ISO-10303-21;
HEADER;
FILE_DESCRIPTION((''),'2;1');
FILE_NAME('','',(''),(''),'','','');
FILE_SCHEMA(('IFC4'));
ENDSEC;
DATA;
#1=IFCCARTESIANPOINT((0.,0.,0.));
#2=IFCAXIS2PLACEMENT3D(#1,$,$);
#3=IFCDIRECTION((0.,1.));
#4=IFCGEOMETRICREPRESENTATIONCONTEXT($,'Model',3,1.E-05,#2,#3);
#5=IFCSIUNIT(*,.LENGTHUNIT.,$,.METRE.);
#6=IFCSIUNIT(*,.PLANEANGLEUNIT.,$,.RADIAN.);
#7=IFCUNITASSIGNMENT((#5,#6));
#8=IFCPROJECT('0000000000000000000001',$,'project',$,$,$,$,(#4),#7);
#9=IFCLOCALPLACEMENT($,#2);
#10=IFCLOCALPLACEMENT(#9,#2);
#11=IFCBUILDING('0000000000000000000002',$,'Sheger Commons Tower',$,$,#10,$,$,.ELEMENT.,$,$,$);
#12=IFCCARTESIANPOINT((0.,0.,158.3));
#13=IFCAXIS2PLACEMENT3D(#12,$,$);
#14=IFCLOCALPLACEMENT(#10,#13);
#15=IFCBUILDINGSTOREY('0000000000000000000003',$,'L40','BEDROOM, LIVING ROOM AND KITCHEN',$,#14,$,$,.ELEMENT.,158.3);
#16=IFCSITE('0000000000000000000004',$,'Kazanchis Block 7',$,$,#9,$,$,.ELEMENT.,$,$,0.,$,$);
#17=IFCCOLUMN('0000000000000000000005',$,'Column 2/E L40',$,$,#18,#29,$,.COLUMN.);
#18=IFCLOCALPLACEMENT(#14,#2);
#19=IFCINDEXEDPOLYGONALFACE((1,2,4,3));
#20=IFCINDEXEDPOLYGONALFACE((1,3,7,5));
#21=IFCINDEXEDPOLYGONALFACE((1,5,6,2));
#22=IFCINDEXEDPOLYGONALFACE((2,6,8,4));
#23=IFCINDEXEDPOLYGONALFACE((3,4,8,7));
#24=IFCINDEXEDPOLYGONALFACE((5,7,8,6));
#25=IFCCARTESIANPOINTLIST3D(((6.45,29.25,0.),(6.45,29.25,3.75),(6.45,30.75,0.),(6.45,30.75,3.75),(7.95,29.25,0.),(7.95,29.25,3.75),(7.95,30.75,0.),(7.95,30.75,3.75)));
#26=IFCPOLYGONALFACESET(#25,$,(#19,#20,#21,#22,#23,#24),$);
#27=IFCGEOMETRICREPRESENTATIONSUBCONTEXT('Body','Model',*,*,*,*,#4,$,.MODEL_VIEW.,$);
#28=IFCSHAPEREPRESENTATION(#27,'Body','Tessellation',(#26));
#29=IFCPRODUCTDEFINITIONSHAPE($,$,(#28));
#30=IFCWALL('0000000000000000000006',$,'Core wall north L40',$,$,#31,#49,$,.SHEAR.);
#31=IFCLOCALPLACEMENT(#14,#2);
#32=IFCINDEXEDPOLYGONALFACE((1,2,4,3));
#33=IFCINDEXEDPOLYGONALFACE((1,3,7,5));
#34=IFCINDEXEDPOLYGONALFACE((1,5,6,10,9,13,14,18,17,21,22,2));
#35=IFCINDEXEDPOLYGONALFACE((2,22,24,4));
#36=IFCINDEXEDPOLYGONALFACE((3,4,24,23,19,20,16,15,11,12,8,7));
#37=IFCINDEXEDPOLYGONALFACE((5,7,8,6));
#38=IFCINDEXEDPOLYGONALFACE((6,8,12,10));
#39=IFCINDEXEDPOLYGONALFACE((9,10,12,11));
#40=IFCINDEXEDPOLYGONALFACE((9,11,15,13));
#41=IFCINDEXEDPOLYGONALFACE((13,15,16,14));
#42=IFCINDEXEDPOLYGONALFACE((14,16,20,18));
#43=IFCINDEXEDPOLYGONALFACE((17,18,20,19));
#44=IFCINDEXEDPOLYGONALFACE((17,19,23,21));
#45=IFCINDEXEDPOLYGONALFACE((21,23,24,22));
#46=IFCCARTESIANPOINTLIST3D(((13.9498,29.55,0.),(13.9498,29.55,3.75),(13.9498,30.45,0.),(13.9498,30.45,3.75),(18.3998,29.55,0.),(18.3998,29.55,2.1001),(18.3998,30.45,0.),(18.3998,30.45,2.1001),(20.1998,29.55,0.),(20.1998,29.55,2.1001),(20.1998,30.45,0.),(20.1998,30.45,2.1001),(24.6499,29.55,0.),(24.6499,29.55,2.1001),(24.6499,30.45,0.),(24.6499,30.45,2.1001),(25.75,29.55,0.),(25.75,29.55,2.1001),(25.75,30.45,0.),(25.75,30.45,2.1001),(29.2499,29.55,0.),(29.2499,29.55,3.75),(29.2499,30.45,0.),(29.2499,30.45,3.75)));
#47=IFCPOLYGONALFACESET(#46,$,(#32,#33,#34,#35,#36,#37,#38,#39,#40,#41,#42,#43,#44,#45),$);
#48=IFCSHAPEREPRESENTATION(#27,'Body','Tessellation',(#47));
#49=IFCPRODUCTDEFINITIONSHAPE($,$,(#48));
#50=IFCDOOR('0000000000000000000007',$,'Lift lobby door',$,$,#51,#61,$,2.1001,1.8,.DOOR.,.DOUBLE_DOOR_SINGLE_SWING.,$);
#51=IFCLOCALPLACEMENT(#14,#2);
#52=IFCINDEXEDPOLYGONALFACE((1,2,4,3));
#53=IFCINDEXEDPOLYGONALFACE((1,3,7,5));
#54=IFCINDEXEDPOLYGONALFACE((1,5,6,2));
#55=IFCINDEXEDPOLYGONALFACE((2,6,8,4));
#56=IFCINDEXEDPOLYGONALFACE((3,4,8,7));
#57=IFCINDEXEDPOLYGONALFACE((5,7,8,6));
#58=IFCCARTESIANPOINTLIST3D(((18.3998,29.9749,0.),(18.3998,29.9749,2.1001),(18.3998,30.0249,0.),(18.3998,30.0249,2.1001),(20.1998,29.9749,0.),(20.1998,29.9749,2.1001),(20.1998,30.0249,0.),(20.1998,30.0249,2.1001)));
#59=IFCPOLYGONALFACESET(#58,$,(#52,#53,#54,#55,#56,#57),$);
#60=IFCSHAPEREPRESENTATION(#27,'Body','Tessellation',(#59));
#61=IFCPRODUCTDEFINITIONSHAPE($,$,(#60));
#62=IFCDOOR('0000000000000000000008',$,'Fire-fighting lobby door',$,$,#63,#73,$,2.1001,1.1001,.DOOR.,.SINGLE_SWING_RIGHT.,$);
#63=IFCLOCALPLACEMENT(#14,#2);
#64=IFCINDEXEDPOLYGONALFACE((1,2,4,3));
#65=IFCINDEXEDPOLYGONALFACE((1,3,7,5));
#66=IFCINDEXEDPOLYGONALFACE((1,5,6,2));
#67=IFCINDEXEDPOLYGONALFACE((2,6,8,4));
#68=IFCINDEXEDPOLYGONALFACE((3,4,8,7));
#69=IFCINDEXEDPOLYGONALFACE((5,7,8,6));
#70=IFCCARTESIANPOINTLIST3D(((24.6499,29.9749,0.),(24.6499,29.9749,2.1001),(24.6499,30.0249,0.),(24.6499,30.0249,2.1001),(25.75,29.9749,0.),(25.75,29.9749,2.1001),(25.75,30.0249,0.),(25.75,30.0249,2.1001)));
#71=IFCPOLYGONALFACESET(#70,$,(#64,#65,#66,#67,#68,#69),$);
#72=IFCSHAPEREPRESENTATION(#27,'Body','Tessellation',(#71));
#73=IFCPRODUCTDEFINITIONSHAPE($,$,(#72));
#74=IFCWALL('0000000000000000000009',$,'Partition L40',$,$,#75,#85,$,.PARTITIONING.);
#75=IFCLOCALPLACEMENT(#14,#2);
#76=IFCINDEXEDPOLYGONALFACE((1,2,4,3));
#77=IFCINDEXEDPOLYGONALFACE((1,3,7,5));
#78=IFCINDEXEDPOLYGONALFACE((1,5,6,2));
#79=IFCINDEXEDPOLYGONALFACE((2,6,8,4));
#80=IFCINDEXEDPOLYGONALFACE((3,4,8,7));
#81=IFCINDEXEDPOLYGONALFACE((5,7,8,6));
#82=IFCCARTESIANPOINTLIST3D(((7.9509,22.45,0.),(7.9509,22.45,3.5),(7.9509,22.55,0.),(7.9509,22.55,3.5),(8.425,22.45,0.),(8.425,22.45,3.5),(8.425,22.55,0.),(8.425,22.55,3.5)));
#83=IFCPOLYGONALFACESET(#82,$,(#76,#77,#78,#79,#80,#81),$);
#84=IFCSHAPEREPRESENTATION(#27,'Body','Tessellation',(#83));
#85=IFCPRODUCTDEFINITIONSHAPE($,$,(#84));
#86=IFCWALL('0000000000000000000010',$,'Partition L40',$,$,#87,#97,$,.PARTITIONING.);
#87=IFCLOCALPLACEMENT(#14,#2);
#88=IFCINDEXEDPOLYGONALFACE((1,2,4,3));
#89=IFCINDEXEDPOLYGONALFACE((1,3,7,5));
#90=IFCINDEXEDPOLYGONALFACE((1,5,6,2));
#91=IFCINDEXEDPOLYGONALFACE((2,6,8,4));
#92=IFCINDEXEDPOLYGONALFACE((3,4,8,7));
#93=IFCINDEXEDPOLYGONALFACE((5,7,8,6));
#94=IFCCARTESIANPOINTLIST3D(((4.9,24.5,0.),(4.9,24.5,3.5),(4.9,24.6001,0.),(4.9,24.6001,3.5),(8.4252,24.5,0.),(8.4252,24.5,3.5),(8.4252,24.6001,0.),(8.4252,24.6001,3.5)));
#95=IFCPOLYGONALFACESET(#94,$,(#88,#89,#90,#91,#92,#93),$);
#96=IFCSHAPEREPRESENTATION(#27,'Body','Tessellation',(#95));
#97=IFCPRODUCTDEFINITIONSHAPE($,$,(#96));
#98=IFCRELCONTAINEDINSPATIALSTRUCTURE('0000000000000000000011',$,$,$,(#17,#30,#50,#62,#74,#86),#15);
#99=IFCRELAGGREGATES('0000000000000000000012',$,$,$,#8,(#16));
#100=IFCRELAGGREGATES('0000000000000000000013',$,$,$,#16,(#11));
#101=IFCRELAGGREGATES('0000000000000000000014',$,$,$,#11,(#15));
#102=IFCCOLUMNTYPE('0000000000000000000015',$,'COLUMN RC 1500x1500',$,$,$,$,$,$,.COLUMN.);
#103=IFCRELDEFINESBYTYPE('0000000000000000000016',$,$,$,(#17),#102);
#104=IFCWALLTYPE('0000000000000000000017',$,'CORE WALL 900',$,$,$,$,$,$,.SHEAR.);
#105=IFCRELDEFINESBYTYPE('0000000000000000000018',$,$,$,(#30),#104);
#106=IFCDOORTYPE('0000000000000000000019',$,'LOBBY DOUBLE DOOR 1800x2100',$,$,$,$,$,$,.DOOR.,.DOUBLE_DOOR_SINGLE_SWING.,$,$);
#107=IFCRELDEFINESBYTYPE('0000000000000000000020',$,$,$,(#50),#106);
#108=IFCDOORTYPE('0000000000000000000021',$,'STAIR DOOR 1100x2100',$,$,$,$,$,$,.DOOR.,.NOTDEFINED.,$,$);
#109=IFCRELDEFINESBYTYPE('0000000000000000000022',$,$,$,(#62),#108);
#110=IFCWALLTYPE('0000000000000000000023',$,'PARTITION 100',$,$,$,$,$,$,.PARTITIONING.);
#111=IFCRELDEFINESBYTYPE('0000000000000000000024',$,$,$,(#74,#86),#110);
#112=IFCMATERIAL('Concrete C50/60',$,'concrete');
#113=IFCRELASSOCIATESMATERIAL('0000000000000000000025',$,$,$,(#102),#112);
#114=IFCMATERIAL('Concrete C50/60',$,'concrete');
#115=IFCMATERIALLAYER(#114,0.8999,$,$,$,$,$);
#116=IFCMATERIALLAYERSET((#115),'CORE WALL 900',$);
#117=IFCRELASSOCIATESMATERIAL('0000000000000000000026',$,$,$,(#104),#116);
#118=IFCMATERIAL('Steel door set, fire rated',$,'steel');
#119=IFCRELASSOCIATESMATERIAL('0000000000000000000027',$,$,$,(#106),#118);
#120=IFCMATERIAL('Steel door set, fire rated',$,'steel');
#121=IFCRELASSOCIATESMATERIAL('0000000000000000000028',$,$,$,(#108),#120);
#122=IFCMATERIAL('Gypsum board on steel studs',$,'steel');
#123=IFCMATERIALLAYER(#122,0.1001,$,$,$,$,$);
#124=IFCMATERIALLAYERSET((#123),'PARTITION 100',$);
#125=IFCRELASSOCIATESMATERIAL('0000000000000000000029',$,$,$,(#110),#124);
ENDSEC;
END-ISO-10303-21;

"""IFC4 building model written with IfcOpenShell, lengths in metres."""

from ifc_helpers import new_model, si_unit, direction, frame, frame_2d, origin, origin_2d, place, context, subcontext, project, spatial, rectangle, extrude, material, layer, layer_set, material_profile, profile_set, type_object, element, fill, save


model = new_model("IFC4")

# Units and contexts
model_context = context("Model", 3, precision=1e-05, world=origin(), true_north=direction((0.0, 1.0)))
body_context = subcontext(model_context, "Body", "Model", "MODEL_VIEW")
ifc_project = project(units=[si_unit("LENGTHUNIT", "METRE"), si_unit("PLANEANGLEUNIT", "RADIAN")], contexts=[model_context])

# Site, building, storey
site_placement = place(None, origin())
site = spatial("IfcSite", under=ifc_project, at=site_placement, Name="Kazanchis Block 7", CompositionType="ELEMENT", RefElevation=0.0)
building_placement = place(site_placement, origin())
building = spatial("IfcBuilding", under=site, at=building_placement, Name="Sheger Commons Tower", CompositionType="ELEMENT")
storey_placement = place(building_placement, frame((0.0, 0.0, 158.3)))
storey = spatial("IfcBuildingStorey", under=building, at=storey_placement, Name="L40", Description="BEDROOM, LIVING ROOM AND KITCHEN", CompositionType="ELEMENT", Elevation=158.3)

# Column
ifc_material_1 = material(Name="Concrete C50/60", Category="concrete")
ifc_material_profile = material_profile(ifc_material_1, rectangle(XDim=1.5, YDim=1.5, at=origin_2d()), Name="RC 1500x1500")
ifc_profile_set = profile_set([ifc_material_profile], Name="Concrete C50/60")
column_type = type_object("IfcColumnType", Name="COLUMN RC 1500x1500", PredefinedType="COLUMN", material=ifc_profile_set)
column_placement = place(storey_placement, frame((7.2, 30.0, 0.0), z_axis=(0.0, 0.0, 1.0), x_axis=(1.0, 0.0, 0.0)))
element("IfcColumn", 1, at=column_placement, inside=storey, type_object=column_type, Name="Column 2/E L40", PredefinedType="COLUMN", context=body_context, shape_type="SweptSolid", body=[
    extrude(rectangle(XDim=1.5, YDim=1.5, at=origin_2d()), origin(), (0.0, 0.0, 1.0), 3.75),
])

# Wall, openings, doors
ifc_material_2 = material(Name="Concrete C50/60", Category="concrete")
ifc_layer_1 = layer(ifc_material_2, 0.8999)
ifc_layer_set_1 = layer_set([ifc_layer_1], Name="CORE WALL 900")
wall_type_1 = type_object("IfcWallType", Name="CORE WALL 900", PredefinedType="SHEAR", material=ifc_layer_set_1)
wall_1_placement = place(storey_placement, frame((13.95, 30.0, 0.0), z_axis=(0.0, 0.0, 1.0), x_axis=(1.0, 0.0, 0.0)))
wall_1 = element("IfcWall", 2, at=wall_1_placement, inside=storey, type_object=wall_type_1, Name="Core wall north L40", PredefinedType="SHEAR", context=body_context, shape_type="SweptSolid", body=[
    extrude(rectangle(XDim=15.3, YDim=0.8999, at=frame_2d((7.6499, 0.0))), origin(), (0.0, 0.0, 1.0), 3.75),
])
opening_1_placement = place(wall_1_placement, frame((4.45, 0.0, 0.0)))
opening_1 = element("IfcOpeningElement", 3, at=opening_1_placement, cuts=wall_1, PredefinedType="OPENING", context=body_context, shape_type="SweptSolid", body=[
    extrude(rectangle(XDim=1.8, YDim=2.1001, at=frame_2d((0.8999, 1.05))), frame((0.0, 0.46, 0.0), z_axis=(0.0, -1.0, 0.0), x_axis=(1.0, 0.0, 0.0)), (0.0, 0.0, 1.0), 0.9199),
])
opening_2_placement = place(wall_1_placement, frame((10.7, 0.0, 0.0)))
opening_2 = element("IfcOpeningElement", 4, at=opening_2_placement, cuts=wall_1, PredefinedType="OPENING", context=body_context, shape_type="SweptSolid", body=[
    extrude(rectangle(XDim=1.1001, YDim=2.1001, at=frame_2d((0.55, 1.05))), frame((0.0, 0.46, 0.0), z_axis=(0.0, -1.0, 0.0), x_axis=(1.0, 0.0, 0.0)), (0.0, 0.0, 1.0), 0.9199),
])
ifc_material_3 = material(Name="Steel door set, fire rated", Category="steel")
door_type_1 = type_object("IfcDoorType", Name="LOBBY DOUBLE DOOR 1800x2100", OperationType="DOUBLE_DOOR_SINGLE_SWING", PredefinedType="DOOR", material=ifc_material_3)
door_1_placement = place(opening_1_placement, origin())
door_1 = element("IfcDoor", 5, at=door_1_placement, inside=storey, type_object=door_type_1, Name="Lift lobby door", OperationType="DOUBLE_DOOR_SINGLE_SWING", OverallHeight=2.1001, OverallWidth=1.8, PredefinedType="DOOR", context=body_context, shape_type="SweptSolid", body=[
    extrude(rectangle(XDim=1.8, YDim=2.1001, at=frame_2d((0.8999, 1.05))), frame((0.0, 0.0249, 0.0), z_axis=(0.0, -1.0, 0.0), x_axis=(1.0, 0.0, 0.0)), (0.0, 0.0, 1.0), 0.05),
])
fill(opening_1, door_1)
ifc_material_4 = material(Name="Steel door set, fire rated", Category="steel")
door_type_2 = type_object("IfcDoorType", Name="STAIR DOOR 1100x2100", OperationType="NOTDEFINED", PredefinedType="DOOR", material=ifc_material_4)
door_2_placement = place(opening_2_placement, origin())
door_2 = element("IfcDoor", 6, at=door_2_placement, inside=storey, type_object=door_type_2, Name="Fire-fighting lobby door", OperationType="SINGLE_SWING_RIGHT", OverallHeight=2.1001, OverallWidth=1.1001, PredefinedType="DOOR", context=body_context, shape_type="SweptSolid", body=[
    extrude(rectangle(XDim=1.1001, YDim=2.1001, at=frame_2d((0.55, 1.05))), frame((0.0, 0.0249, 0.0), z_axis=(0.0, -1.0, 0.0), x_axis=(1.0, 0.0, 0.0)), (0.0, 0.0, 1.0), 0.05),
])
fill(opening_2, door_2)

# Walls
ifc_material_5 = material(Name="Gypsum board on steel studs", Category="steel")
ifc_layer_2 = layer(ifc_material_5, 0.1001)
ifc_layer_set_2 = layer_set([ifc_layer_2], Name="PARTITION 100")
wall_type_2 = type_object("IfcWallType", Name="PARTITION 100", PredefinedType="PARTITIONING", material=ifc_layer_set_2)
wall_2_placement = place(storey_placement, frame((7.9509, 22.5, 0.0), z_axis=(0.0, 0.0, 1.0), x_axis=(1.0, 0.0, 0.0)))
element("IfcWall", 7, at=wall_2_placement, inside=storey, type_object=wall_type_2, Name="Partition L40", PredefinedType="PARTITIONING", context=body_context, shape_type="SweptSolid", body=[
    extrude(rectangle(XDim=0.4741, YDim=0.1001, at=frame_2d((0.2371, 0.0))), origin(), (0.0, 0.0, 1.0), 3.5),
])
wall_3_placement = place(storey_placement, frame((4.8999, 24.55, 0.0), z_axis=(0.0, 0.0, 1.0), x_axis=(1.0, 0.0, 0.0)))
element("IfcWall", 8, at=wall_3_placement, inside=storey, type_object=wall_type_2, Name="Partition L40", PredefinedType="PARTITIONING", context=body_context, shape_type="SweptSolid", body=[
    extrude(rectangle(XDim=3.5251, YDim=0.1001, at=frame_2d((1.7627, 0.0))), origin(), (0.0, 0.0, 1.0), 3.5),
])

save(model, "model.ifc")
